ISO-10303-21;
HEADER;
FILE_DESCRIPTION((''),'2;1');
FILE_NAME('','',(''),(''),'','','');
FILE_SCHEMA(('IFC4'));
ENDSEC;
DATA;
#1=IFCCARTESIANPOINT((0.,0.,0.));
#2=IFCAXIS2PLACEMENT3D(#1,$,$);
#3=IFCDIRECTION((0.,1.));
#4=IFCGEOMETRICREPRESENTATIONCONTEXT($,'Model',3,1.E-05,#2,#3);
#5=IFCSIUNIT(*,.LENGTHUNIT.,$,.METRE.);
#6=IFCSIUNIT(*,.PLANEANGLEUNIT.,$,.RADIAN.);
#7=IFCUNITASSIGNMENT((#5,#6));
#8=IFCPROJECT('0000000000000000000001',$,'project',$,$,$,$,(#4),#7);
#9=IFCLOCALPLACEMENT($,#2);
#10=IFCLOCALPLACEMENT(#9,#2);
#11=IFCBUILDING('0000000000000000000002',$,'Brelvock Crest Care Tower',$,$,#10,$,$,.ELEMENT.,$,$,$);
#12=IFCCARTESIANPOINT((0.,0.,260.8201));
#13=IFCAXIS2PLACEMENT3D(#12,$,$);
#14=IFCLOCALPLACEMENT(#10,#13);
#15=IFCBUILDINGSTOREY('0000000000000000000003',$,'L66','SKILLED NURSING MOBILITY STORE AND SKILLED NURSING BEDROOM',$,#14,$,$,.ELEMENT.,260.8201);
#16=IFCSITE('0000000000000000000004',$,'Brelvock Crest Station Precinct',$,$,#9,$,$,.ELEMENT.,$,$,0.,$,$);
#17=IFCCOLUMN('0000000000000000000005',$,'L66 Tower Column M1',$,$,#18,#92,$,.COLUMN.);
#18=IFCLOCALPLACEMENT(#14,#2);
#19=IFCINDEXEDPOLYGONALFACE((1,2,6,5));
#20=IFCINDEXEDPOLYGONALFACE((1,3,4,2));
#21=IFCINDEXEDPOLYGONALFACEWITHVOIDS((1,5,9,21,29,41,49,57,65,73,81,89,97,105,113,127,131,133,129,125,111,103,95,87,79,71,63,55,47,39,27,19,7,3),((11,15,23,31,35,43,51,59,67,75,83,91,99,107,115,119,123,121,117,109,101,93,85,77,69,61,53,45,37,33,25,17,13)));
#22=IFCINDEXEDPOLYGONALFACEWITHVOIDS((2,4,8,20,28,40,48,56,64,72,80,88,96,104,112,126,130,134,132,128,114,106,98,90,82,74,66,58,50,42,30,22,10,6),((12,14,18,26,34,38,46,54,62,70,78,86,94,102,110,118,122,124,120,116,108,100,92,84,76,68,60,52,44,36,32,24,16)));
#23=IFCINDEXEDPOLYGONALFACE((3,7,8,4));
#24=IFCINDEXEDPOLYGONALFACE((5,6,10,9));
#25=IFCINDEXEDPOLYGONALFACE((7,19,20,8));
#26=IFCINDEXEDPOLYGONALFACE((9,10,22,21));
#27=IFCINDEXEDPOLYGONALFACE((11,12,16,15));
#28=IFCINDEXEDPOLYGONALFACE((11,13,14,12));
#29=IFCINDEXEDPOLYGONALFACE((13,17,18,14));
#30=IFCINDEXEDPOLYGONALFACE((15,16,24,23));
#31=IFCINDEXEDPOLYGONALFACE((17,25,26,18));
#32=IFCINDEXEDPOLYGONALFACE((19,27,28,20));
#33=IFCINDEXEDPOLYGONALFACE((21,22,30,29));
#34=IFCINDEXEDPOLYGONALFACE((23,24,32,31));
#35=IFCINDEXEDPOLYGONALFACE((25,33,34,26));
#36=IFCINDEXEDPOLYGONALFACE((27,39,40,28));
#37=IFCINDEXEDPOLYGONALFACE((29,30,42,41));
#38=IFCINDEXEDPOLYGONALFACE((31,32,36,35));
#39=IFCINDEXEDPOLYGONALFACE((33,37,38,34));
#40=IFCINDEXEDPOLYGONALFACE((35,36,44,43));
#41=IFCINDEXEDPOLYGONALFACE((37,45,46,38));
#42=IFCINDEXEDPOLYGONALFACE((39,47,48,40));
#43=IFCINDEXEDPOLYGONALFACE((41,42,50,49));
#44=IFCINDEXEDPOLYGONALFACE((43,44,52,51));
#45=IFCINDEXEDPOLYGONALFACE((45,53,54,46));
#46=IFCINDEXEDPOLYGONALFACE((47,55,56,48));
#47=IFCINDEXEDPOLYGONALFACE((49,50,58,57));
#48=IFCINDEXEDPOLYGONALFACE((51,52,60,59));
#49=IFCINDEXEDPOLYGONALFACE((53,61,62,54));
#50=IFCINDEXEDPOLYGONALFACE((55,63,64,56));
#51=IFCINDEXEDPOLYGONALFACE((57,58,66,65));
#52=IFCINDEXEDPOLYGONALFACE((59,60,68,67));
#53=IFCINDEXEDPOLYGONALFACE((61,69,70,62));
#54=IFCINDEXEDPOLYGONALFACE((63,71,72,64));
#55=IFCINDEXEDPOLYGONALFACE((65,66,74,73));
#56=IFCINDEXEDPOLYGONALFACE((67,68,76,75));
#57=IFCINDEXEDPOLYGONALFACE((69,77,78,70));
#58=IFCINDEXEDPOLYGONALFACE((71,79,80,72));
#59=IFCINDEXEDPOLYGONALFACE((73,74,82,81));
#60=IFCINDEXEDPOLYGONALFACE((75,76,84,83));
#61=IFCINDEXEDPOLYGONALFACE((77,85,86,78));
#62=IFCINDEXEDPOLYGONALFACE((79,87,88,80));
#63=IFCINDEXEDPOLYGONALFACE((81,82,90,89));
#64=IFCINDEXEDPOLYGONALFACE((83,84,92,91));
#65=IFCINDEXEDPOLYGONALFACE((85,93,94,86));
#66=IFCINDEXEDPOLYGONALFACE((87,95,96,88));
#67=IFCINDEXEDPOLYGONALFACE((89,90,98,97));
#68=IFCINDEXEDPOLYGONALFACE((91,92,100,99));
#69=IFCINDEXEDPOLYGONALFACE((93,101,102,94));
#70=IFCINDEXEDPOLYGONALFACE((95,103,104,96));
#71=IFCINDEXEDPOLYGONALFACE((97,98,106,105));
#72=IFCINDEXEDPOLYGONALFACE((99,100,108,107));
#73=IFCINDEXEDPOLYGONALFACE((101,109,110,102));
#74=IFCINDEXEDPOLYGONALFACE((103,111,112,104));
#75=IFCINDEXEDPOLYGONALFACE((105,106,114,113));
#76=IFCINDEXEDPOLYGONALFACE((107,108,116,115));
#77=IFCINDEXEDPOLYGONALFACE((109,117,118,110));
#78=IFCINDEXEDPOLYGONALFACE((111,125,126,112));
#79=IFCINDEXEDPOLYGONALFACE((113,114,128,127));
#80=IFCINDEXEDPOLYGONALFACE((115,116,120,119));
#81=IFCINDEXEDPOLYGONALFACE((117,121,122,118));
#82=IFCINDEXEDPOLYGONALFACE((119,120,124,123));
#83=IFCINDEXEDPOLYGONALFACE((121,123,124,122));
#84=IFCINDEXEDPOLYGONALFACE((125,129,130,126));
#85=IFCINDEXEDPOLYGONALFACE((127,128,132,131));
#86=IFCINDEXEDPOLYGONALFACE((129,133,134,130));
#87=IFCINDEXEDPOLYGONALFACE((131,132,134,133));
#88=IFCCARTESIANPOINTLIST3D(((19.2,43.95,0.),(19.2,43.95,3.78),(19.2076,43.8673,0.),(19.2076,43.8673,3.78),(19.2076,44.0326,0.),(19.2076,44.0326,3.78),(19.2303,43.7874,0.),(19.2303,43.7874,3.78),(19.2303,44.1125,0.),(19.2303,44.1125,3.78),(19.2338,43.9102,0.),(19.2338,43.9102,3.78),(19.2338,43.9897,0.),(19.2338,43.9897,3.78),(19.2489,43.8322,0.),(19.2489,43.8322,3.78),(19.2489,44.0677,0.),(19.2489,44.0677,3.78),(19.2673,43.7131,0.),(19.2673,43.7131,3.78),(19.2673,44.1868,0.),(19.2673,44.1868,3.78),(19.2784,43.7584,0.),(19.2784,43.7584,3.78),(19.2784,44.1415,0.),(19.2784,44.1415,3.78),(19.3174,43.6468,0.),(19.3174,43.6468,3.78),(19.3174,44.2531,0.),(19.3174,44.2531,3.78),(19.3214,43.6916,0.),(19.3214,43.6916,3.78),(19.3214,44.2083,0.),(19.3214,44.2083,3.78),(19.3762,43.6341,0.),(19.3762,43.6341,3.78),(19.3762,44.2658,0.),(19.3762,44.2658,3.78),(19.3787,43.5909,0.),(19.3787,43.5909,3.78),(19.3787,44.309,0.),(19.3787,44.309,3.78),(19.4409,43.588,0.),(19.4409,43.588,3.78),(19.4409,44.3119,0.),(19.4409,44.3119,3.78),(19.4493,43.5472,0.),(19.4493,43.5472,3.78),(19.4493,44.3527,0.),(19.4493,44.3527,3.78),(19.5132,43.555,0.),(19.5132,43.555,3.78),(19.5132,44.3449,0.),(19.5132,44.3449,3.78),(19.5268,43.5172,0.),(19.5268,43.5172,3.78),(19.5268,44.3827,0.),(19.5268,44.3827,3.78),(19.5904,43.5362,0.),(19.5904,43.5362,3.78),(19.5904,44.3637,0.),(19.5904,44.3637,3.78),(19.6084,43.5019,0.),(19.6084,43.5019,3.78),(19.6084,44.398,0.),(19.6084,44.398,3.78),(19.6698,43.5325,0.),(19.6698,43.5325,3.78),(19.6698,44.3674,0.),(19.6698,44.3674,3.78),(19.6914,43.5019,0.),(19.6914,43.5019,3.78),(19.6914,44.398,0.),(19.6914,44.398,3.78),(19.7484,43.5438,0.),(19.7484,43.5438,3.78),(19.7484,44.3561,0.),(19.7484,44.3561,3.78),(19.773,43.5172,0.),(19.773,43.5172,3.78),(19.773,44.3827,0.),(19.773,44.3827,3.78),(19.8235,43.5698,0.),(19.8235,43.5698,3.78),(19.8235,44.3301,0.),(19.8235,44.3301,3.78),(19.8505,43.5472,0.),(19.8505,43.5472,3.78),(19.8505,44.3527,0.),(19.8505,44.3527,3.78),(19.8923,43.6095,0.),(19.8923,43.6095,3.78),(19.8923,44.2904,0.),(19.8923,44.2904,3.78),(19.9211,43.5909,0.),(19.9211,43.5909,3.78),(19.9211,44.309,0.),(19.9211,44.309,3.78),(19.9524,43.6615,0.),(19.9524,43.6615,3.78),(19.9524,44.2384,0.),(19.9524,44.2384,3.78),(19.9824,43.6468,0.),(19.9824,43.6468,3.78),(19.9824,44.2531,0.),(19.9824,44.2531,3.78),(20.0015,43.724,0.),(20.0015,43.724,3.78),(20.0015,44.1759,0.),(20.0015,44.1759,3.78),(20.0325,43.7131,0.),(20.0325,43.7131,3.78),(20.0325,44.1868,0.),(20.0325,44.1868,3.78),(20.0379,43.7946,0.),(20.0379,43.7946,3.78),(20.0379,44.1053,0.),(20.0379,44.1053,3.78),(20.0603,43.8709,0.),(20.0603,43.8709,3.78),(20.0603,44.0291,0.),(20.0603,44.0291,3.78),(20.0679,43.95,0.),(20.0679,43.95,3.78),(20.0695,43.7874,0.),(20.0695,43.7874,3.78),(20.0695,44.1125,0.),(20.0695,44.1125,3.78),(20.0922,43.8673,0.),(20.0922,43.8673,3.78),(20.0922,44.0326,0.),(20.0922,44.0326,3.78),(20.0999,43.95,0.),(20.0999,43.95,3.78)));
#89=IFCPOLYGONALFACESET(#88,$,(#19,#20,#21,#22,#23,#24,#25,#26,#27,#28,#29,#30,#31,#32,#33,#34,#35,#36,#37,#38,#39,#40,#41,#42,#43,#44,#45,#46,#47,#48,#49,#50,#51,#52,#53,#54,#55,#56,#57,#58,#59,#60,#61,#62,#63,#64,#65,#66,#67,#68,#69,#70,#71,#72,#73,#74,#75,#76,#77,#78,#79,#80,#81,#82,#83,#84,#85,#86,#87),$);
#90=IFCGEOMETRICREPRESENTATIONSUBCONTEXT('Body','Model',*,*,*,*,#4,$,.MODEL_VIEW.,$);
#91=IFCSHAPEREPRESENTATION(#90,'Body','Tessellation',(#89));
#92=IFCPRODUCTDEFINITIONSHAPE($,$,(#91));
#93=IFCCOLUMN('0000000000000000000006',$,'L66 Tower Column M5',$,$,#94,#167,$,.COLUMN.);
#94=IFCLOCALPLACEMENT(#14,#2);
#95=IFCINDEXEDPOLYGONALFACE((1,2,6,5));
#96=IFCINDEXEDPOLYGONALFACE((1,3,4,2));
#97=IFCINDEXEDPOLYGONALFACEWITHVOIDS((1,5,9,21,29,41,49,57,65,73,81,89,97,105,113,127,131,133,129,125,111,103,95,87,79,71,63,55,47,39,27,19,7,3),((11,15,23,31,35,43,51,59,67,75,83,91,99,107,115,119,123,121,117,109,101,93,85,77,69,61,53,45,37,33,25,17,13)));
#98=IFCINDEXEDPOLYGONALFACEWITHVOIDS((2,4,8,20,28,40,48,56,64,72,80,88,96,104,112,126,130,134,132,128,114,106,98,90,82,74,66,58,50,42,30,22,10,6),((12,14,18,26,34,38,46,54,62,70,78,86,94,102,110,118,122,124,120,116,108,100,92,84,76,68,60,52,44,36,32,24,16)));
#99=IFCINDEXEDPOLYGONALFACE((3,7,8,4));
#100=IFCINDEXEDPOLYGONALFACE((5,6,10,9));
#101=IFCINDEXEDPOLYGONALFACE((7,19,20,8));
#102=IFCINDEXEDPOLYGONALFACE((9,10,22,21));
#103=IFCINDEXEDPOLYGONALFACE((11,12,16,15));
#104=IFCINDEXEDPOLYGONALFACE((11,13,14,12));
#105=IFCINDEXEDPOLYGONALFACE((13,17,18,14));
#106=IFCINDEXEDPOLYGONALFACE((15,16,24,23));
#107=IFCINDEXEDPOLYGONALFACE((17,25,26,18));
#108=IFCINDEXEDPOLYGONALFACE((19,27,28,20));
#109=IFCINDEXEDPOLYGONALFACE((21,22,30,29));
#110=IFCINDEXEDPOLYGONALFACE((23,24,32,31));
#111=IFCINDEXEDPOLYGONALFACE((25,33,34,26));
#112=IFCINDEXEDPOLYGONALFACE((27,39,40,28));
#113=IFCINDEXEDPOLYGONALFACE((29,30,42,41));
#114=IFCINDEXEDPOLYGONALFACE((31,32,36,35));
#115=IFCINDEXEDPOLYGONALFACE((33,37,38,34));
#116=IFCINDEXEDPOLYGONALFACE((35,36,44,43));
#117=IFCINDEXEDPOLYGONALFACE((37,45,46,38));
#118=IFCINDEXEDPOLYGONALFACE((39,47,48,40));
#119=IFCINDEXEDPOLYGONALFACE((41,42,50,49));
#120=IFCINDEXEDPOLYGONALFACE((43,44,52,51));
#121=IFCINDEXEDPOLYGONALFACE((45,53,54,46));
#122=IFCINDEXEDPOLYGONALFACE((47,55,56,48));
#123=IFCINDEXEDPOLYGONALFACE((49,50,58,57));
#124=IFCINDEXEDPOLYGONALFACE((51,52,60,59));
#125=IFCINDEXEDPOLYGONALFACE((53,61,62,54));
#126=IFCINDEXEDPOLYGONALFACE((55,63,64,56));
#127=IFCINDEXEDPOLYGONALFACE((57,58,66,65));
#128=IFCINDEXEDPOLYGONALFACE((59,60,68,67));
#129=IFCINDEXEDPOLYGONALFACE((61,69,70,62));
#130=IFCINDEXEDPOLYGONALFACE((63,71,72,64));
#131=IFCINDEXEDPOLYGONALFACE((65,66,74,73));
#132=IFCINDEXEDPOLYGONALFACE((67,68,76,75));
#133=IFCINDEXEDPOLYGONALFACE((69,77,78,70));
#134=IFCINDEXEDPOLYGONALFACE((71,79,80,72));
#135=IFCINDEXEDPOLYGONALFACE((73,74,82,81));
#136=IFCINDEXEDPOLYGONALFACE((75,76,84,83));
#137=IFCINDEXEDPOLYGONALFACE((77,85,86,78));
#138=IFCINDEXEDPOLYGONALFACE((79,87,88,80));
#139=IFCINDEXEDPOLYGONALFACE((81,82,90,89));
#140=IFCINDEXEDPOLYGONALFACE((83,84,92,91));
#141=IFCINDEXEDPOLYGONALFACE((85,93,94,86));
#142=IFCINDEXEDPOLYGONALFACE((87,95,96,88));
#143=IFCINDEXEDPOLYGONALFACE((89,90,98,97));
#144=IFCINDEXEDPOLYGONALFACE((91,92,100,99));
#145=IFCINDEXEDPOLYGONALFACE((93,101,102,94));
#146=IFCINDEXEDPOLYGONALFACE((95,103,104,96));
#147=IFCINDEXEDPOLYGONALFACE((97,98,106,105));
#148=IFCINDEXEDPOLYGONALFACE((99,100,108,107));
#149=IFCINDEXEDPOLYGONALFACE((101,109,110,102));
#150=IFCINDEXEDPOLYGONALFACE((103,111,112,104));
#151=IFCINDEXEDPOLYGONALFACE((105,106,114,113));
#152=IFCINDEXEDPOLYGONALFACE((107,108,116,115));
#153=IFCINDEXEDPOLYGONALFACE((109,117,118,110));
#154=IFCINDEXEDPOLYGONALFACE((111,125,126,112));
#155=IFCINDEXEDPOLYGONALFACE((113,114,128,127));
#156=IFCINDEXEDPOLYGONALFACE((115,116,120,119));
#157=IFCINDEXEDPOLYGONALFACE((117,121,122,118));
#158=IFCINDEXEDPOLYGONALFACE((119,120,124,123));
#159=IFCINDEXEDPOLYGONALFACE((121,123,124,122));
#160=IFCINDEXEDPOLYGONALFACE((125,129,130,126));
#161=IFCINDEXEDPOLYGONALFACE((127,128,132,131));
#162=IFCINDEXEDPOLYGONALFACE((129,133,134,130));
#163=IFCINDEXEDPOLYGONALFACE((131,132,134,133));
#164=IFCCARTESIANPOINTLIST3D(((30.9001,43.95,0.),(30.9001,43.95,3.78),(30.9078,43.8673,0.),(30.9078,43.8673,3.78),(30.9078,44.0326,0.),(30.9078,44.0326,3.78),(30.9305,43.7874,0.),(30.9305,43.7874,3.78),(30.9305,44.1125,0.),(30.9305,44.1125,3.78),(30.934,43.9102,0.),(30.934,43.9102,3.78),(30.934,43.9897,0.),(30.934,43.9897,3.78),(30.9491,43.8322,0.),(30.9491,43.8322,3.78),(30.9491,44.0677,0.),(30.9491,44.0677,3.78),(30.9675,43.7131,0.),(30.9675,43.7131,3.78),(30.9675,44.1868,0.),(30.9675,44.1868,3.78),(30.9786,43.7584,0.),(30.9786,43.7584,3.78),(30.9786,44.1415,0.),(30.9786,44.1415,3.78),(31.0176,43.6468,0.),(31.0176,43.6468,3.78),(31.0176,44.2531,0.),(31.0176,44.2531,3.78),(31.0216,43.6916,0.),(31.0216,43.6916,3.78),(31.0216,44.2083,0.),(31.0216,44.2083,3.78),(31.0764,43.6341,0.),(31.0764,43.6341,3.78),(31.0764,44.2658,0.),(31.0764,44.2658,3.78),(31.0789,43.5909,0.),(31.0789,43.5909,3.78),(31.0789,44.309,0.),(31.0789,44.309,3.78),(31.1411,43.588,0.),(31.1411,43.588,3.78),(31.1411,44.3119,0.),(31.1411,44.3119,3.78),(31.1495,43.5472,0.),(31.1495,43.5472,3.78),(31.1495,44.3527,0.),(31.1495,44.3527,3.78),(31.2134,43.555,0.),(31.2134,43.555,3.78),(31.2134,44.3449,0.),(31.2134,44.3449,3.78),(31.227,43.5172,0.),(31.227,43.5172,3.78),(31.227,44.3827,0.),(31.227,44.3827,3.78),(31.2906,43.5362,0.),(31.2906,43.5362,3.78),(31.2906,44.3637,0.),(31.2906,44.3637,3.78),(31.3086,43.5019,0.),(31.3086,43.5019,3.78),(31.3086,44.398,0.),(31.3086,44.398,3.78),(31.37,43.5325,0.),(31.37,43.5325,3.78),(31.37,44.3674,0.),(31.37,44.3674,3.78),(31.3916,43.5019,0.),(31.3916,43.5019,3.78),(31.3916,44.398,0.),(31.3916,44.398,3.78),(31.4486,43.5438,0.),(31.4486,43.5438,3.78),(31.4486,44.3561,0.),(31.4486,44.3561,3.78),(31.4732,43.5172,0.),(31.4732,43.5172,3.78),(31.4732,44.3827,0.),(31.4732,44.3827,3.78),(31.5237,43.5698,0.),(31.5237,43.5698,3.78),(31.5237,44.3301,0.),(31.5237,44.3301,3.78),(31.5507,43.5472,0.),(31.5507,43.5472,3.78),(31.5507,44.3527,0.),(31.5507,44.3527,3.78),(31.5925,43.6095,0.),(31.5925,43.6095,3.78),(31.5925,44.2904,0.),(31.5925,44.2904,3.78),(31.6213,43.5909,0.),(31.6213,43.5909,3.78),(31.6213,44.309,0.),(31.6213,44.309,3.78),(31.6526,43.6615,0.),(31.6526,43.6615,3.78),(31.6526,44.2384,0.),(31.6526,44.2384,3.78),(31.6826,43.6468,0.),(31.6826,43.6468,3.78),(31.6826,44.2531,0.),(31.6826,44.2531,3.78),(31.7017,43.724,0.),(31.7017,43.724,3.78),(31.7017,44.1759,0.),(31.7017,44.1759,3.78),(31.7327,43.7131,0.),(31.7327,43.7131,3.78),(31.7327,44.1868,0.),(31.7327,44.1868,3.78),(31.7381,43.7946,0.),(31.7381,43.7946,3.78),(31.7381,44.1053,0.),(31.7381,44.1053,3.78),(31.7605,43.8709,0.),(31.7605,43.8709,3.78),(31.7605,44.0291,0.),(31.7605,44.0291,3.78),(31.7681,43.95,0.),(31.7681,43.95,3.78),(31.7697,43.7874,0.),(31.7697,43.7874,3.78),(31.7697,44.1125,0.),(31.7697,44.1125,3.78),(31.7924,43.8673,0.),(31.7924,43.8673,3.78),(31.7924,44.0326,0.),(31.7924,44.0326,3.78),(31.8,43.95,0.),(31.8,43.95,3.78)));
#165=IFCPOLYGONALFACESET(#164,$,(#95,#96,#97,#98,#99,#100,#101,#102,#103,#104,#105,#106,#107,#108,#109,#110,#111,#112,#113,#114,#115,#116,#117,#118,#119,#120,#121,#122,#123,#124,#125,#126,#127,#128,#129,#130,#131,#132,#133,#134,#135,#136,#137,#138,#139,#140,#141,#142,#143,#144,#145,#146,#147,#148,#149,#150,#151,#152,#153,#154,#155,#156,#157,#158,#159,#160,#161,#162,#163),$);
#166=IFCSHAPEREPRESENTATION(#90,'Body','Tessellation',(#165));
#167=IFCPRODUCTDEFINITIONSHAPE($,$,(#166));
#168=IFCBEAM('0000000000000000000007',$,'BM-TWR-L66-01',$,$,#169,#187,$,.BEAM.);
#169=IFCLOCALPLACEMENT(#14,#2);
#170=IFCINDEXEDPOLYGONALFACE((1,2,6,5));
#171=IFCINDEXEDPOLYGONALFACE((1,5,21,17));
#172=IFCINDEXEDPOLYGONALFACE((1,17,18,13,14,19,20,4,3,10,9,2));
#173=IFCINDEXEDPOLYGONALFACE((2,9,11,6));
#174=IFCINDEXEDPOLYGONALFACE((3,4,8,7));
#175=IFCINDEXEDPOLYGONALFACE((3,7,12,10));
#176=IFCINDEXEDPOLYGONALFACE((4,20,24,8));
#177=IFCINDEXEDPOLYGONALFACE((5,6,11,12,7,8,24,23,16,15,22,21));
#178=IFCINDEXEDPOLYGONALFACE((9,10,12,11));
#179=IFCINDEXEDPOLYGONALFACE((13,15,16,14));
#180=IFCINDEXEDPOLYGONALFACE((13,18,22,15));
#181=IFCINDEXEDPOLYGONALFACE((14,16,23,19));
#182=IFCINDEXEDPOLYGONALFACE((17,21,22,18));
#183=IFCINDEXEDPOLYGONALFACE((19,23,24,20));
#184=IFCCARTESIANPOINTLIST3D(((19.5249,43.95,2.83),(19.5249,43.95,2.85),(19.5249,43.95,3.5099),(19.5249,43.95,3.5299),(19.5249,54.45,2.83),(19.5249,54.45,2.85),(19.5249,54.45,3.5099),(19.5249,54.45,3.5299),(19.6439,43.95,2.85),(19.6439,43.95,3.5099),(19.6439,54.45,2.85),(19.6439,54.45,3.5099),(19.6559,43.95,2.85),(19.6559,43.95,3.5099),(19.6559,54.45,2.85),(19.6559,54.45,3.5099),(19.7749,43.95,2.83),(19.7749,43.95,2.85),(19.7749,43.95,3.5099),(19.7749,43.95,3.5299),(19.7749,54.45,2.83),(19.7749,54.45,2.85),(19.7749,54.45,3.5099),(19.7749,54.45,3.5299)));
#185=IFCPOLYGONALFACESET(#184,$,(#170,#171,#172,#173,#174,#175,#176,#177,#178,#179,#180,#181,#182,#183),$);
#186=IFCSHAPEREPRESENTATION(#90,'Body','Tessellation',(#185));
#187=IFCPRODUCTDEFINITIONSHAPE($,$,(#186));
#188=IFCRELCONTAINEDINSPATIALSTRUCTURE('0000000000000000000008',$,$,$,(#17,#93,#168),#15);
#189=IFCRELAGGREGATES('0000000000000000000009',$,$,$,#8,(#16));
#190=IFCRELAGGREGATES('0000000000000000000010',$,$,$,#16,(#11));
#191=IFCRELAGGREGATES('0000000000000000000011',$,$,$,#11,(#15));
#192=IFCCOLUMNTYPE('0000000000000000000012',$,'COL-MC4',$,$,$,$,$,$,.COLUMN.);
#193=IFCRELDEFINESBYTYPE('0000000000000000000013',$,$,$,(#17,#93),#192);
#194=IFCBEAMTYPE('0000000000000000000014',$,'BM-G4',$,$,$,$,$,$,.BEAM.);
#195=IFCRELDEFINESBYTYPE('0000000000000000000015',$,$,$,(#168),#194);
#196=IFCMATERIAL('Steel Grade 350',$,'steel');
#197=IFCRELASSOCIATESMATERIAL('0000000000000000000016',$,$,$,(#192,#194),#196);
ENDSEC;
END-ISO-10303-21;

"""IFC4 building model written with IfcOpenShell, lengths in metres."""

from ifc_helpers import new_model, si_unit, direction, frame, origin, origin_2d, place, context, subcontext, project, spatial, hollow_circle, i_section, extrude, source, transform, mapped, material, material_profile, profile_set, type_object, element, save


model = new_model("IFC4")

# Units and contexts
model_context = context("Model", 3, precision=1e-05, world=origin(), true_north=direction((0.0, 1.0)))
body_context = subcontext(model_context, "Body", "Model", "MODEL_VIEW")
ifc_project = project(units=[si_unit("LENGTHUNIT", "METRE"), si_unit("PLANEANGLEUNIT", "RADIAN")], contexts=[model_context])

# Site, building, storey
site_placement = place(None, origin())
site = spatial("IfcSite", under=ifc_project, at=site_placement, Name="Brelvock Crest Station Precinct", CompositionType="ELEMENT", RefElevation=0.0)
building_placement = place(site_placement, origin())
building = spatial("IfcBuilding", under=site, at=building_placement, Name="Brelvock Crest Care Tower", CompositionType="ELEMENT")
storey_placement = place(building_placement, frame((0.0, 0.0, 260.8201)))
storey = spatial("IfcBuildingStorey", under=building, at=storey_placement, Name="L66", Description="SKILLED NURSING MOBILITY STORE AND SKILLED NURSING BEDROOM", CompositionType="ELEMENT", Elevation=260.8201)

# Columns
ifc_material_1 = material(Name="Steel Grade 350", Category="steel")
ifc_material_profile_1 = material_profile(ifc_material_1, hollow_circle(Radius=0.45, WallThickness=0.032, at=origin_2d()), Name="CFT900x32")
ifc_profile_set_1 = profile_set([ifc_material_profile_1], Name="Steel Grade 350")
column_type = type_object("IfcColumnType", Name="COL-MC4", PredefinedType="COLUMN", material=ifc_profile_set_1)
shared_shape_1 = source(origin(), body_context, "Body", "SweptSolid", [
    extrude(hollow_circle(Radius=0.45, WallThickness=0.032, at=origin_2d()), origin(), (0.0, 0.0, 1.0), 3.78),
])
for number, where, z_axis, x_axis, name in (
    (1, (19.6499, 43.95, 0.0), (0.0, 0.0, 1.0), (1.0, 0.0, 0.0), "L66 Tower Column M1"),
    (2, (31.3501, 43.95, 0.0), (0.0, 0.0, 1.0), (1.0, 0.0, 0.0), "L66 Tower Column M5"),
):
    element("IfcColumn", number, at=place(storey_placement, frame(where, z_axis=z_axis, x_axis=x_axis)), inside=storey, type_object=column_type, Name=name, PredefinedType="COLUMN", context=body_context, shape_type="MappedRepresentation", body=[
        mapped(shared_shape_1, transform((0.0, 0.0, 0.0), x_axis=(1.0, 0.0, 0.0), y_axis=(0.0, 1.0, 0.0), z_axis=(0.0, 0.0, 1.0), scale=1.0)),
    ])

# Beam
ifc_material_profile_2 = material_profile(ifc_material_1, i_section(OverallWidth=0.25, OverallDepth=0.7, WebThickness=0.012, FlangeThickness=0.02, at=origin_2d()), Name="700WB150")
ifc_profile_set_2 = profile_set([ifc_material_profile_2], Name="Steel Grade 350")
beam_type_1 = type_object("IfcBeamType", Name="BM-G4", PredefinedType="BEAM", material=ifc_profile_set_2)
shared_shape_2 = source(origin(), body_context, "Body", "SweptSolid", [
    extrude(i_section(OverallWidth=0.25, OverallDepth=0.7, WebThickness=0.012, FlangeThickness=0.02, at=origin_2d()), origin(), (0.0, 0.0, 1.0), 10.5),
])
beam_1_placement = place(storey_placement, frame((19.6499, 43.95, 3.1799), z_axis=(0.0, 1.0, 0.0), x_axis=(-1.0, 0.0, 0.0)))
element("IfcBeam", 3, at=beam_1_placement, inside=storey, type_object=beam_type_1, Name="BM-TWR-L66-01", PredefinedType="BEAM", context=body_context, shape_type="MappedRepresentation", body=[
    mapped(shared_shape_2, transform((0.0, 0.0, 0.0), x_axis=(1.0, 0.0, 0.0), y_axis=(0.0, 1.0, 0.0), z_axis=(0.0, 0.0, 1.0), scale=1.0)),
])

save(model, "model.ifc")
